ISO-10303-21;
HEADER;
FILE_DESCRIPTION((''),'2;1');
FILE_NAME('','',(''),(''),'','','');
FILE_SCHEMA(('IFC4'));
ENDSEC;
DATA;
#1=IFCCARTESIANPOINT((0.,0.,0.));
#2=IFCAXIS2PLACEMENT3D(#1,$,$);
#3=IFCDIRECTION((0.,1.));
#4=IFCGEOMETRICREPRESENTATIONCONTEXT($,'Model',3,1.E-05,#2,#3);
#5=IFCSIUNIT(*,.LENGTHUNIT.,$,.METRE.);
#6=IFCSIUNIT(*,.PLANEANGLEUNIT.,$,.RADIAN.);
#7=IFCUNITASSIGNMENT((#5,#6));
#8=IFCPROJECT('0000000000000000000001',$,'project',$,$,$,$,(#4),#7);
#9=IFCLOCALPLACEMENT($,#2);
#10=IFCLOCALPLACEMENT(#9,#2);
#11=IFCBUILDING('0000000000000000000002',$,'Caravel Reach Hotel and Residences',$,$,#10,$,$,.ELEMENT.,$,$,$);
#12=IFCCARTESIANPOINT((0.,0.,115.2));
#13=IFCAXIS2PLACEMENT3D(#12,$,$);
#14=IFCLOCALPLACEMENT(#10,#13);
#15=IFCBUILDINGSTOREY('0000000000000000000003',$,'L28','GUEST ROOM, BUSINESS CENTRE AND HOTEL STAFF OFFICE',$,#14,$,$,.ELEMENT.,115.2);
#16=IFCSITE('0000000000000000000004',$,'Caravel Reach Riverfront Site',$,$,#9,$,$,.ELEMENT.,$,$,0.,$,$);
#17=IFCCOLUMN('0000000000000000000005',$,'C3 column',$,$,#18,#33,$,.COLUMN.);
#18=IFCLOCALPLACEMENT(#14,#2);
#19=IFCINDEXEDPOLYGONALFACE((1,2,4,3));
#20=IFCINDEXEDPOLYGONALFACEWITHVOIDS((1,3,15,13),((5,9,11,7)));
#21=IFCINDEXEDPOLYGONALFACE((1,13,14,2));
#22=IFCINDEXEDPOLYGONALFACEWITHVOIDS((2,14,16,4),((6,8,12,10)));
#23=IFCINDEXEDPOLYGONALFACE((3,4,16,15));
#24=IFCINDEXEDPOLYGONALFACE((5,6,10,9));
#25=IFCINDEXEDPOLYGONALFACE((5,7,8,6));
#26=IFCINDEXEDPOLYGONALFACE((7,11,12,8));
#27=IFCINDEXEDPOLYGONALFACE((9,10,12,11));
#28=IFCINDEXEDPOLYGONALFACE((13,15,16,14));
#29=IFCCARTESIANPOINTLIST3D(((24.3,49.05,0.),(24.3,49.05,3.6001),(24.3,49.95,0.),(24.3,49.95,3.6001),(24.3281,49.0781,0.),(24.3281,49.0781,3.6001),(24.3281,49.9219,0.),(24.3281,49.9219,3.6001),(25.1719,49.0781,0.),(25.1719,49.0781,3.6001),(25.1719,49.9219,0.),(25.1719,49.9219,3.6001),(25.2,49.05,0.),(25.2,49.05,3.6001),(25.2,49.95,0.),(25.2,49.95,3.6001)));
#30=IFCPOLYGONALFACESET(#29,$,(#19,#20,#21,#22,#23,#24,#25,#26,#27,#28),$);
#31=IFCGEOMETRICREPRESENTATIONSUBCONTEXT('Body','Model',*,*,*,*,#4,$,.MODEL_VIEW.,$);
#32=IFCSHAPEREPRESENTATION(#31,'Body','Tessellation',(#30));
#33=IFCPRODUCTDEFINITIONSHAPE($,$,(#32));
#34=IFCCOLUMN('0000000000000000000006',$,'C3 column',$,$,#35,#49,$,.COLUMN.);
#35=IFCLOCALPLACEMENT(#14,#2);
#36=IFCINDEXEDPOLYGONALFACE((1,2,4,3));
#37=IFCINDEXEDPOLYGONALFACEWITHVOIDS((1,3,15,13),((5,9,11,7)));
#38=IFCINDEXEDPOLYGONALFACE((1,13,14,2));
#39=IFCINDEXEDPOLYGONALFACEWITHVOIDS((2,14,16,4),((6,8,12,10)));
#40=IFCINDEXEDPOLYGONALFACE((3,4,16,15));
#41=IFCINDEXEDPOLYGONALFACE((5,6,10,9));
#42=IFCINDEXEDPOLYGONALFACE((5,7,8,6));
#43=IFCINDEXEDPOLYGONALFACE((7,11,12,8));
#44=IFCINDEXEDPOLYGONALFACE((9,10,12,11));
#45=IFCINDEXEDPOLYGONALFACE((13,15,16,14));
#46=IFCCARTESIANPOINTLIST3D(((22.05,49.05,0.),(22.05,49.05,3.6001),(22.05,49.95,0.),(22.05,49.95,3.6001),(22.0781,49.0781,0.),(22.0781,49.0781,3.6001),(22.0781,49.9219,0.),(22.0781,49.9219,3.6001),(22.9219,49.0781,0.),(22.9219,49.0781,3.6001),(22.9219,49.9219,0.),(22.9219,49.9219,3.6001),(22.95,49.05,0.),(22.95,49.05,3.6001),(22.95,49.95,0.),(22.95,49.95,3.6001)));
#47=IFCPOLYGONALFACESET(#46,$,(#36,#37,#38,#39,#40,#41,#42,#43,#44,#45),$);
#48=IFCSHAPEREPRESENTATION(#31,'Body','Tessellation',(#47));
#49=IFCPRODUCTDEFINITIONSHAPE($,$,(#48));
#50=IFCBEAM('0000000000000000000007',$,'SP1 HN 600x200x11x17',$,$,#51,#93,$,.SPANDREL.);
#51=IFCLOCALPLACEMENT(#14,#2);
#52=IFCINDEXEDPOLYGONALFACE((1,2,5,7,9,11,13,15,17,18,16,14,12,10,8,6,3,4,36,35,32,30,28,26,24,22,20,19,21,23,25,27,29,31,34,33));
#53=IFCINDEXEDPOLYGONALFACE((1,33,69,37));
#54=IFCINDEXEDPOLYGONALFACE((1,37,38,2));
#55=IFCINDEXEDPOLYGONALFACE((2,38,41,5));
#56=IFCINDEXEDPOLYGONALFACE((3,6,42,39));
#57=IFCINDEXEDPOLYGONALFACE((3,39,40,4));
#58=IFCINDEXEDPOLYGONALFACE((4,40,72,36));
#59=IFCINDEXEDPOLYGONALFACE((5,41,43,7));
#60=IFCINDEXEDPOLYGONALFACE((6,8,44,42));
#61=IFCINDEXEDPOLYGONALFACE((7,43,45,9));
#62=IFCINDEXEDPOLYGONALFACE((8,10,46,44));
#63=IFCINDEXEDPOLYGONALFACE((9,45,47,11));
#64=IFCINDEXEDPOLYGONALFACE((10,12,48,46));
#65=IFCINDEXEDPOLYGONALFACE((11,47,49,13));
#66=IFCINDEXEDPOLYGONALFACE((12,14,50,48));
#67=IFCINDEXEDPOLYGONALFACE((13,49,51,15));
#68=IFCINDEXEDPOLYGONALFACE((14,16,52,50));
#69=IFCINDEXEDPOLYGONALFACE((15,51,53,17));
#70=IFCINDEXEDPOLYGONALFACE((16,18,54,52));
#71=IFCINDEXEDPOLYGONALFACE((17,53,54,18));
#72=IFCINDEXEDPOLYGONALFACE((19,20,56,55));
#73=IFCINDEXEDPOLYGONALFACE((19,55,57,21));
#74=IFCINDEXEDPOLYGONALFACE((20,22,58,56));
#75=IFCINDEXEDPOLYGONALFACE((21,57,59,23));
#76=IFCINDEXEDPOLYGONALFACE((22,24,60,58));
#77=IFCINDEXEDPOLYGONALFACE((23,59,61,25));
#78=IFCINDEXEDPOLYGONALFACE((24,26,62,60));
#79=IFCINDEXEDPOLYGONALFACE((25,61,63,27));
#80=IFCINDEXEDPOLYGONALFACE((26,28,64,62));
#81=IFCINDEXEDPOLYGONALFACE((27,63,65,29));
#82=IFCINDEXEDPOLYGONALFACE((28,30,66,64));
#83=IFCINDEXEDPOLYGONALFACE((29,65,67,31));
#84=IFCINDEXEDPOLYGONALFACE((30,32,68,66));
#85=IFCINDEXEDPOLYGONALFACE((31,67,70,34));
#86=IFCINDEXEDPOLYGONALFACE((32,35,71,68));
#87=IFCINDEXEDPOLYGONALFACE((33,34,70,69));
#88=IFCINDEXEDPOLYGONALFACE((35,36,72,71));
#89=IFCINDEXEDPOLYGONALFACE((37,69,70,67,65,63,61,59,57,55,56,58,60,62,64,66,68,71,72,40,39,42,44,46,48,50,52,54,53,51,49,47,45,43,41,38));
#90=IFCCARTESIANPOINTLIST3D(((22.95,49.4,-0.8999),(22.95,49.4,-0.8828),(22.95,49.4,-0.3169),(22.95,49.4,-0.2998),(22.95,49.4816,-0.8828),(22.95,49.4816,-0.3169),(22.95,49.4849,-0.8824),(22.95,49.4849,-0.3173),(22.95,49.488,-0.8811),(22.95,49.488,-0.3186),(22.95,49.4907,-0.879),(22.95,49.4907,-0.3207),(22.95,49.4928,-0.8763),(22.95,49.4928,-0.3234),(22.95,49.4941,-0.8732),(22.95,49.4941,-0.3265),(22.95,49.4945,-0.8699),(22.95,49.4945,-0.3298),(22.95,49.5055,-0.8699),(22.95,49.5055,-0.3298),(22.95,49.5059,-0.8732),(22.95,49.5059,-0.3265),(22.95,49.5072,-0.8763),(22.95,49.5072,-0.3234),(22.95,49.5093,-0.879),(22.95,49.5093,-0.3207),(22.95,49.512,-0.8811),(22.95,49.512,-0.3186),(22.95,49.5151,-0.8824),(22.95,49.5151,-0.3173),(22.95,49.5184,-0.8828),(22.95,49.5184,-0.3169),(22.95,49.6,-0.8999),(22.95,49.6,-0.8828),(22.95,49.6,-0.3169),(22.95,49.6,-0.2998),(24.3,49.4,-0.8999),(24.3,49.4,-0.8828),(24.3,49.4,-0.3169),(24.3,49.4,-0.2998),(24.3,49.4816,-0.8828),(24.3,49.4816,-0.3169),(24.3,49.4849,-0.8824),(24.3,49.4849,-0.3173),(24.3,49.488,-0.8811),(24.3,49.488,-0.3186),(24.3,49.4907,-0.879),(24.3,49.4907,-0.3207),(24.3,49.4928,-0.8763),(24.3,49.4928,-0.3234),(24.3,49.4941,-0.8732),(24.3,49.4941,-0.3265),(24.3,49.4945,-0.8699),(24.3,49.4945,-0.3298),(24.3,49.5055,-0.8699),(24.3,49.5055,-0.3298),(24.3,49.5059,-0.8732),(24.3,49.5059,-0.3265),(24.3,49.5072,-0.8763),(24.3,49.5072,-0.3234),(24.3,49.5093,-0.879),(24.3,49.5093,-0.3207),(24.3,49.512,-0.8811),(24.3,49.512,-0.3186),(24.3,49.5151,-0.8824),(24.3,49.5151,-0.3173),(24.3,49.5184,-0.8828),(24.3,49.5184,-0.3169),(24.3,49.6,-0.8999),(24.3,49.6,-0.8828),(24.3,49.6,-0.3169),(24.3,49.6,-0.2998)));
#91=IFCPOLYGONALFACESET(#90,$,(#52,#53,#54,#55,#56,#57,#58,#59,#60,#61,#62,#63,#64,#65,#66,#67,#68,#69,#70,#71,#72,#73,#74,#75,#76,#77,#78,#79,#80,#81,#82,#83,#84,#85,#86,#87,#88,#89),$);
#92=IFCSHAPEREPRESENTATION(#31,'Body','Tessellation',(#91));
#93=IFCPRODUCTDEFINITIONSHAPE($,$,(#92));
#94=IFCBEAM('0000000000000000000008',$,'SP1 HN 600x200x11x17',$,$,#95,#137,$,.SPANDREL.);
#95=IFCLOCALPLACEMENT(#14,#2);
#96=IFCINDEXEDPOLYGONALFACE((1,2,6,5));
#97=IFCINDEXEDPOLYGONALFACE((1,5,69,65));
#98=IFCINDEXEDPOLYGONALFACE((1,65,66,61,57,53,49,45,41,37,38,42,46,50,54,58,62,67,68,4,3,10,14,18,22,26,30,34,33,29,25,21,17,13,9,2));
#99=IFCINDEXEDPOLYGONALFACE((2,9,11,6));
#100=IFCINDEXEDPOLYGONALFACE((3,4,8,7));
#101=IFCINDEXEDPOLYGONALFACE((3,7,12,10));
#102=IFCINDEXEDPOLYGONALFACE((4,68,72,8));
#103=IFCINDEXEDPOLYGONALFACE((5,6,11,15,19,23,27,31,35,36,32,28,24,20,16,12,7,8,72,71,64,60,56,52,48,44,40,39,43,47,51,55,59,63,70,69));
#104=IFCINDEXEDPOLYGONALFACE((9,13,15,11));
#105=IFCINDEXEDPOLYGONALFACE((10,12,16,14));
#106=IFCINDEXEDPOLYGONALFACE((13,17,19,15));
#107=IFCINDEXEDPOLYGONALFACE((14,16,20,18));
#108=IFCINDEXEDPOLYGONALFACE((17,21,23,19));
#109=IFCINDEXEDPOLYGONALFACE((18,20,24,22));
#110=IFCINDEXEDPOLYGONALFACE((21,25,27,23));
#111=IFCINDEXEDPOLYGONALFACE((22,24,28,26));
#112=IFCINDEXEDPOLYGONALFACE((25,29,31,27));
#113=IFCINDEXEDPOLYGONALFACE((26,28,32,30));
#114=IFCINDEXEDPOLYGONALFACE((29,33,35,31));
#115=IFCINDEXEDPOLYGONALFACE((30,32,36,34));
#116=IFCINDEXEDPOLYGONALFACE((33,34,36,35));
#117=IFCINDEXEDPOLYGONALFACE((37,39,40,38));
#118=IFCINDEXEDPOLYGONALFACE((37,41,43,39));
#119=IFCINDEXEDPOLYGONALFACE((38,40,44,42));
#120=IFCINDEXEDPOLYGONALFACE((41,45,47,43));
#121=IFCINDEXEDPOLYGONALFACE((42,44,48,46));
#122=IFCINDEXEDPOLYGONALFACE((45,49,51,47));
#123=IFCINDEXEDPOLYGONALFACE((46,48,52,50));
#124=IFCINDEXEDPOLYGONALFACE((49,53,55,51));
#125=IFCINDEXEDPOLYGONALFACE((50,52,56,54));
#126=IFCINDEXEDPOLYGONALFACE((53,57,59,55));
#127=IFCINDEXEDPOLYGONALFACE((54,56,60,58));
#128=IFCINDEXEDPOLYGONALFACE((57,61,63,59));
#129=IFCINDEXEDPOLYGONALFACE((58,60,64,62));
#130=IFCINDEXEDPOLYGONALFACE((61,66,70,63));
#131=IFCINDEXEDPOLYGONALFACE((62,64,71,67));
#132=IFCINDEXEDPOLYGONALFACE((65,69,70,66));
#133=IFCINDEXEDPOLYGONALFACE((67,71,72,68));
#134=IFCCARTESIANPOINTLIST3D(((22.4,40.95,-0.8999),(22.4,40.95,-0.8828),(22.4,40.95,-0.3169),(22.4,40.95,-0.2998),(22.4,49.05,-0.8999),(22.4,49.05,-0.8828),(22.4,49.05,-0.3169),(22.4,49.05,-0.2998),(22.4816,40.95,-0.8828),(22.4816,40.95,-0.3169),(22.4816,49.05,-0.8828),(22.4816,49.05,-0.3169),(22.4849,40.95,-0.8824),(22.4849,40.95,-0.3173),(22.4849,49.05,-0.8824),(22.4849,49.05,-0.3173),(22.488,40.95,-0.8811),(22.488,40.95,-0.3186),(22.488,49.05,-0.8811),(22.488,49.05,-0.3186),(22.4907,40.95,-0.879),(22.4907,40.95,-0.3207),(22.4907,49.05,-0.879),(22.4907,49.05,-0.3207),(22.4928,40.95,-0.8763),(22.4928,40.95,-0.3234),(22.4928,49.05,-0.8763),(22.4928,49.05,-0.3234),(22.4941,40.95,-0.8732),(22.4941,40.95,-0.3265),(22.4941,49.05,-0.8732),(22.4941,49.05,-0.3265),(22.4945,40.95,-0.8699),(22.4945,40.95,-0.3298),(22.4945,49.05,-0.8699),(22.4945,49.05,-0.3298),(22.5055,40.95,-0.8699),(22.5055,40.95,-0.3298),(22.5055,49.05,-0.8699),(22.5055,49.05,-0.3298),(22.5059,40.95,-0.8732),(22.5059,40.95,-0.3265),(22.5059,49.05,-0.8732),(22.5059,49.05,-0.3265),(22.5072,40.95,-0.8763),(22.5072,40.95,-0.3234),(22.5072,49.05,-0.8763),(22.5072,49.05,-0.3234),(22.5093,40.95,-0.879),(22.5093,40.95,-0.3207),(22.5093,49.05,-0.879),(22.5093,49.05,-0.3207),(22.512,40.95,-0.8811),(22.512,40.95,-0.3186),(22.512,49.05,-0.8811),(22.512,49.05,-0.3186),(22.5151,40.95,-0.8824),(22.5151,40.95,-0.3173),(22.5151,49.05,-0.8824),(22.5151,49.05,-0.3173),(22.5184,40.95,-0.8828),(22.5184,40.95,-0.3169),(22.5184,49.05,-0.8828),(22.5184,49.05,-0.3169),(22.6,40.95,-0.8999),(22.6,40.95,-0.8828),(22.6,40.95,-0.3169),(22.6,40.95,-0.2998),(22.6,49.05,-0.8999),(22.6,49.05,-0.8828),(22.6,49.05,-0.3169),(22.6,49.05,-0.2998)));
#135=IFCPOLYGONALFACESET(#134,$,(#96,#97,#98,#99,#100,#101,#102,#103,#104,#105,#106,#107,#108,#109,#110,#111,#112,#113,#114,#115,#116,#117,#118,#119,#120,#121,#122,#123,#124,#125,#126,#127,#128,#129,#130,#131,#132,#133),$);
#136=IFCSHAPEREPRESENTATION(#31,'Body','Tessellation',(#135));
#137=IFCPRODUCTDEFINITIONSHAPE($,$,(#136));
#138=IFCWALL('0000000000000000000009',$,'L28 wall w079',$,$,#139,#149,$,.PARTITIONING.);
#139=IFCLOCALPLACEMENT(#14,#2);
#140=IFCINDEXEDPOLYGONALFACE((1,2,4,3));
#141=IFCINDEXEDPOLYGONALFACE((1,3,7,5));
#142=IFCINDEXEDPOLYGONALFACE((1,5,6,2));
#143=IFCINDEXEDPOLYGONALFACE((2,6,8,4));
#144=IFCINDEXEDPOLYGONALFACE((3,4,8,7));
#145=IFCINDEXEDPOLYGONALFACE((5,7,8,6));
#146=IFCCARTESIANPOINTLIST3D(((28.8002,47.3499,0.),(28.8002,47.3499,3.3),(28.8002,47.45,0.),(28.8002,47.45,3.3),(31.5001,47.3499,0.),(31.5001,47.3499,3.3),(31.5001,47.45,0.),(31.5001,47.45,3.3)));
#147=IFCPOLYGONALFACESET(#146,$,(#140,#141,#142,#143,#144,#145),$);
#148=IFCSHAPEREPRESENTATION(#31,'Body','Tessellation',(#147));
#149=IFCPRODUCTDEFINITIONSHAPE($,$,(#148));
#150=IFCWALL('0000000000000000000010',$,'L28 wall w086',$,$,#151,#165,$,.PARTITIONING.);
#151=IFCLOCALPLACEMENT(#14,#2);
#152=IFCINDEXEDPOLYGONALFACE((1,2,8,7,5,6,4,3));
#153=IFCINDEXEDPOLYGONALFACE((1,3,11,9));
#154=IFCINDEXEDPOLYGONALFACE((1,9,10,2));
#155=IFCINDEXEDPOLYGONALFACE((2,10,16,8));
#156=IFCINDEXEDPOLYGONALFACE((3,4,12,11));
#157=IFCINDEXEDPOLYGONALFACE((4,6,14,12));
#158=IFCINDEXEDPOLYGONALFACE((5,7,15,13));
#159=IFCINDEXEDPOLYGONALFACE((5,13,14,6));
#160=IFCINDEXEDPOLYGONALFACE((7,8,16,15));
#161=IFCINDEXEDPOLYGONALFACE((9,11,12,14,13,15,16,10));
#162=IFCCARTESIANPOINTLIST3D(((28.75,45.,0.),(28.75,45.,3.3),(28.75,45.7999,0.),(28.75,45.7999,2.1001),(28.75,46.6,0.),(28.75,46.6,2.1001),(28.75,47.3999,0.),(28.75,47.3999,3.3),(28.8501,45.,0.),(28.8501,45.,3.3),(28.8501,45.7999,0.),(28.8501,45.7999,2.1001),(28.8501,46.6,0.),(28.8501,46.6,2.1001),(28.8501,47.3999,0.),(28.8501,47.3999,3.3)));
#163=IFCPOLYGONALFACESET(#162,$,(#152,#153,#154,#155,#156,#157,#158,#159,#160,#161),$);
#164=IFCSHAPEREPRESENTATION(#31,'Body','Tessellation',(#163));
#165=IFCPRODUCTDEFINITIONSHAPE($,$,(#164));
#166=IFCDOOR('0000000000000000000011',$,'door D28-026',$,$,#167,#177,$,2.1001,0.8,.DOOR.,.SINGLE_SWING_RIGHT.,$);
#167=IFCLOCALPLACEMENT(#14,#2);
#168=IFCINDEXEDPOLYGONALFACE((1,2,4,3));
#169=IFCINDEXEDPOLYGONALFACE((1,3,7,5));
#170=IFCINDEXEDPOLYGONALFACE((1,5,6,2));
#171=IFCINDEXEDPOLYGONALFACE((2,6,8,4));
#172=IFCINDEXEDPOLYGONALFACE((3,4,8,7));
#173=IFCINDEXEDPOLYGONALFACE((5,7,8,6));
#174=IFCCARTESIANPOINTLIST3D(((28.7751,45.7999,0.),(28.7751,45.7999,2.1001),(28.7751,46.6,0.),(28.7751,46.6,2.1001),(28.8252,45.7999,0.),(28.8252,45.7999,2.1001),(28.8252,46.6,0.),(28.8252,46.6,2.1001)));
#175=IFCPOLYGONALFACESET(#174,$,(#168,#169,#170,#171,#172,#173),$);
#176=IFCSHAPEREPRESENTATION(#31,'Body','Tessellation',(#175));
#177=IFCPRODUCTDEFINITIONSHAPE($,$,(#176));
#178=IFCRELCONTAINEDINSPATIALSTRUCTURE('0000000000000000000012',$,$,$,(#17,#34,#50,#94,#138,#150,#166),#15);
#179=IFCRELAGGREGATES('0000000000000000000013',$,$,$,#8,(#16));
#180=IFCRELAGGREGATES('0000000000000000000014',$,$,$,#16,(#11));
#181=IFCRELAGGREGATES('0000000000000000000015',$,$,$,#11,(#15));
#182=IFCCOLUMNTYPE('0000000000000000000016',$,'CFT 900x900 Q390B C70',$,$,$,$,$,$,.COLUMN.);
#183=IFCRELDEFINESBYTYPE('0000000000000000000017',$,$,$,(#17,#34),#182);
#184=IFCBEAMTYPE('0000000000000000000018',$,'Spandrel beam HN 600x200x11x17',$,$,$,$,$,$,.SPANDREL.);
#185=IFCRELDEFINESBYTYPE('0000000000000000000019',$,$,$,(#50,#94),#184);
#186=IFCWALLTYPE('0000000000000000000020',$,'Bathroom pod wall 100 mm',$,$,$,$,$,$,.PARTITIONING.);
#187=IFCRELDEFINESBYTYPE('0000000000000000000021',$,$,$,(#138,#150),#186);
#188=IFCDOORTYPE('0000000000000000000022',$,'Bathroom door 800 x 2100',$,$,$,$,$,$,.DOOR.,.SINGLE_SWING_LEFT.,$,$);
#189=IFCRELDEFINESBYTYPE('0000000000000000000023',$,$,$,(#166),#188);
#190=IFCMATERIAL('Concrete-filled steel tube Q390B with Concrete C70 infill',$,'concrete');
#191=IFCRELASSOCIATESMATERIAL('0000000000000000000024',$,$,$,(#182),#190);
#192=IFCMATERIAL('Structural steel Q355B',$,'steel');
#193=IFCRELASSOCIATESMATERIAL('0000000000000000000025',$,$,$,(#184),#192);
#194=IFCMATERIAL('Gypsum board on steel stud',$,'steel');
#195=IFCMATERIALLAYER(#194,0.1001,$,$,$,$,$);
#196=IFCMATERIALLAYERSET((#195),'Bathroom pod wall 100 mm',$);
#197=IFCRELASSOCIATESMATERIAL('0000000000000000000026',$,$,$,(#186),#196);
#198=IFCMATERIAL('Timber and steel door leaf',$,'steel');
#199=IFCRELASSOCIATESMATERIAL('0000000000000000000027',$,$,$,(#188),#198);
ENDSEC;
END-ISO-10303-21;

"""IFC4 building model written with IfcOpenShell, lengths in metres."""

from ifc_helpers import new_model, si_unit, direction, frame, frame_2d, origin, origin_2d, place, context, subcontext, project, spatial, rectangle, hollow_rectangle, i_section, extrude, material, layer, layer_set, material_profile, profile_set, type_object, element, fill, save


model = new_model("IFC4")

# Units and contexts
model_context = context("Model", 3, precision=1e-05, world=origin(), true_north=direction((0.0, 1.0)))
body_context = subcontext(model_context, "Body", "Model", "MODEL_VIEW")
ifc_project = project(units=[si_unit("LENGTHUNIT", "METRE"), si_unit("PLANEANGLEUNIT", "RADIAN")], contexts=[model_context])

# Site, building, storey
site_placement = place(None, origin())
site = spatial("IfcSite", under=ifc_project, at=site_placement, Name="Caravel Reach Riverfront Site", CompositionType="ELEMENT", RefElevation=0.0)
building_placement = place(site_placement, origin())
building = spatial("IfcBuilding", under=site, at=building_placement, Name="Caravel Reach Hotel and Residences", CompositionType="ELEMENT")
storey_placement = place(building_placement, frame((0.0, 0.0, 115.2)))
storey = spatial("IfcBuildingStorey", under=building, at=storey_placement, Name="L28", Description="GUEST ROOM, BUSINESS CENTRE AND HOTEL STAFF OFFICE", CompositionType="ELEMENT", Elevation=115.2)

# Columns
ifc_material_1 = material(Name="Concrete-filled steel tube Q390B with Concrete C70 infill", Category="concrete")
ifc_material_profile_1 = material_profile(ifc_material_1, hollow_rectangle(XDim=0.8999, YDim=0.8999, WallThickness=0.0281, at=origin_2d()), Name="RHS 900x900x28")
ifc_profile_set_1 = profile_set([ifc_material_profile_1], Name="Concrete-filled steel tube Q390B with Concrete C70 infill")
column_type = type_object("IfcColumnType", Name="CFT 900x900 Q390B C70", PredefinedType="COLUMN", material=ifc_profile_set_1)
for number, where, z_axis, x_axis, name in (
    (1, (24.75, 49.5, 0.0), (0.0, 0.0, 1.0), (1.0, 0.0, 0.0), "C3 column"),
    (2, (22.5, 49.5, 0.0), (0.0, 0.0, 1.0), (1.0, 0.0, 0.0), "C3 column"),
):
    element("IfcColumn", number, at=place(storey_placement, frame(where, z_axis=z_axis, x_axis=x_axis)), inside=storey, type_object=column_type, Name=name, PredefinedType="COLUMN", context=body_context, shape_type="SweptSolid", body=[
        extrude(hollow_rectangle(XDim=0.8999, YDim=0.8999, WallThickness=0.0281, at=origin_2d()), origin(), (0.0, 0.0, 1.0), 3.6001),
    ])

# Beams
ifc_material_2 = material(Name="Structural steel Q355B", Category="steel")
ifc_material_profile_2 = material_profile(ifc_material_2, i_section(OverallWidth=0.2, OverallDepth=0.6001, WebThickness=0.011, FlangeThickness=0.0171, FilletRadius=0.0129, at=origin_2d()), Name="HN 600x200x11x17")
ifc_profile_set_2 = profile_set([ifc_material_profile_2], Name="Structural steel Q355B")
beam_type = type_object("IfcBeamType", Name="Spandrel beam HN 600x200x11x17", PredefinedType="SPANDREL", material=ifc_profile_set_2)
beam_1_placement = place(storey_placement, frame((24.3, 49.5, -0.5999), z_axis=(-1.0, 0.0, 0.0), x_axis=(0.0, -1.0, 0.0)))
element("IfcBeam", 3, at=beam_1_placement, inside=storey, type_object=beam_type, Name="SP1 HN 600x200x11x17", PredefinedType="SPANDREL", context=body_context, shape_type="SweptSolid", body=[
    extrude(i_section(OverallWidth=0.2, OverallDepth=0.6001, WebThickness=0.011, FlangeThickness=0.0171, FilletRadius=0.0129, at=origin_2d()), origin(), (0.0, 0.0, 1.0), 1.3501),
])
beam_2_placement = place(storey_placement, frame((22.5, 49.05, -0.5999), z_axis=(0.0, -1.0, 0.0), x_axis=(1.0, 0.0, 0.0)))
element("IfcBeam", 4, at=beam_2_placement, inside=storey, type_object=beam_type, Name="SP1 HN 600x200x11x17", PredefinedType="SPANDREL", context=body_context, shape_type="SweptSolid", body=[
    extrude(i_section(OverallWidth=0.2, OverallDepth=0.6001, WebThickness=0.011, FlangeThickness=0.0171, FilletRadius=0.0129, at=origin_2d()), origin(), (0.0, 0.0, 1.0), 8.1001),
])

# Wall
ifc_material_3 = material(Name="Gypsum board on steel stud", Category="steel")
ifc_layer_1 = layer(ifc_material_3, 0.1001)
ifc_layer_set_1 = layer_set([ifc_layer_1], Name="Bathroom pod wall 100 mm")
wall_type_1 = type_object("IfcWallType", Name="Bathroom pod wall 100 mm", PredefinedType="PARTITIONING", material=ifc_layer_set_1)
wall_1_placement = place(storey_placement, frame((28.8, 47.3999, 0.0), z_axis=(0.0, 0.0, 1.0), x_axis=(1.0, 0.0, 0.0)))
element("IfcWall", 5, at=wall_1_placement, inside=storey, type_object=wall_type_1, Name="L28 wall w079", PredefinedType="PARTITIONING", context=body_context, shape_type="SweptSolid", body=[
    extrude(rectangle(XDim=2.7, YDim=0.1001, at=frame_2d((1.3501, 0.0))), origin(), (0.0, 0.0, 1.0), 3.3),
])

# Wall, opening, door
wall_2_placement = place(storey_placement, frame((28.8, 45.0, 0.0), z_axis=(0.0, 0.0, 1.0), x_axis=(0.0, 1.0, 0.0)))
wall_2 = element("IfcWall", 6, at=wall_2_placement, inside=storey, type_object=wall_type_1, Name="L28 wall w086", PredefinedType="PARTITIONING", context=body_context, shape_type="SweptSolid", body=[
    extrude(rectangle(XDim=2.3999, YDim=0.1001, at=frame_2d((1.2, 0.0))), origin(), (0.0, 0.0, 1.0), 3.3),
])
opening_1_placement = place(wall_2_placement, frame((0.8, 0.0, 0.0)))
opening_1 = element("IfcOpeningElement", 7, at=opening_1_placement, cuts=wall_2, PredefinedType="OPENING", context=body_context, shape_type="SweptSolid", body=[
    extrude(rectangle(XDim=0.8, YDim=2.1001, at=frame_2d((0.3999, 1.05))), frame((0.0, 0.0601, 0.0), z_axis=(0.0, -1.0, 0.0), x_axis=(1.0, 0.0, 0.0)), (0.0, 0.0, 1.0), 0.1201),
])
ifc_material_4 = material(Name="Timber and steel door leaf", Category="steel")
door_type = type_object("IfcDoorType", Name="Bathroom door 800 x 2100", OperationType="SINGLE_SWING_LEFT", PredefinedType="DOOR", material=ifc_material_4)
door_placement = place(opening_1_placement, origin())
door = element("IfcDoor", 8, at=door_placement, inside=storey, type_object=door_type, Name="door D28-026", OperationType="SINGLE_SWING_RIGHT", OverallHeight=2.1001, OverallWidth=0.8, PredefinedType="DOOR", context=body_context, shape_type="SweptSolid", body=[
    extrude(rectangle(XDim=0.8, YDim=2.1001, at=frame_2d((0.3999, 1.05))), frame((0.0, 0.0249, 0.0), z_axis=(0.0, -1.0, 0.0), x_axis=(1.0, 0.0, 0.0)), (0.0, 0.0, 1.0), 0.05),
])
fill(opening_1, door)

save(model, "model.ifc")
